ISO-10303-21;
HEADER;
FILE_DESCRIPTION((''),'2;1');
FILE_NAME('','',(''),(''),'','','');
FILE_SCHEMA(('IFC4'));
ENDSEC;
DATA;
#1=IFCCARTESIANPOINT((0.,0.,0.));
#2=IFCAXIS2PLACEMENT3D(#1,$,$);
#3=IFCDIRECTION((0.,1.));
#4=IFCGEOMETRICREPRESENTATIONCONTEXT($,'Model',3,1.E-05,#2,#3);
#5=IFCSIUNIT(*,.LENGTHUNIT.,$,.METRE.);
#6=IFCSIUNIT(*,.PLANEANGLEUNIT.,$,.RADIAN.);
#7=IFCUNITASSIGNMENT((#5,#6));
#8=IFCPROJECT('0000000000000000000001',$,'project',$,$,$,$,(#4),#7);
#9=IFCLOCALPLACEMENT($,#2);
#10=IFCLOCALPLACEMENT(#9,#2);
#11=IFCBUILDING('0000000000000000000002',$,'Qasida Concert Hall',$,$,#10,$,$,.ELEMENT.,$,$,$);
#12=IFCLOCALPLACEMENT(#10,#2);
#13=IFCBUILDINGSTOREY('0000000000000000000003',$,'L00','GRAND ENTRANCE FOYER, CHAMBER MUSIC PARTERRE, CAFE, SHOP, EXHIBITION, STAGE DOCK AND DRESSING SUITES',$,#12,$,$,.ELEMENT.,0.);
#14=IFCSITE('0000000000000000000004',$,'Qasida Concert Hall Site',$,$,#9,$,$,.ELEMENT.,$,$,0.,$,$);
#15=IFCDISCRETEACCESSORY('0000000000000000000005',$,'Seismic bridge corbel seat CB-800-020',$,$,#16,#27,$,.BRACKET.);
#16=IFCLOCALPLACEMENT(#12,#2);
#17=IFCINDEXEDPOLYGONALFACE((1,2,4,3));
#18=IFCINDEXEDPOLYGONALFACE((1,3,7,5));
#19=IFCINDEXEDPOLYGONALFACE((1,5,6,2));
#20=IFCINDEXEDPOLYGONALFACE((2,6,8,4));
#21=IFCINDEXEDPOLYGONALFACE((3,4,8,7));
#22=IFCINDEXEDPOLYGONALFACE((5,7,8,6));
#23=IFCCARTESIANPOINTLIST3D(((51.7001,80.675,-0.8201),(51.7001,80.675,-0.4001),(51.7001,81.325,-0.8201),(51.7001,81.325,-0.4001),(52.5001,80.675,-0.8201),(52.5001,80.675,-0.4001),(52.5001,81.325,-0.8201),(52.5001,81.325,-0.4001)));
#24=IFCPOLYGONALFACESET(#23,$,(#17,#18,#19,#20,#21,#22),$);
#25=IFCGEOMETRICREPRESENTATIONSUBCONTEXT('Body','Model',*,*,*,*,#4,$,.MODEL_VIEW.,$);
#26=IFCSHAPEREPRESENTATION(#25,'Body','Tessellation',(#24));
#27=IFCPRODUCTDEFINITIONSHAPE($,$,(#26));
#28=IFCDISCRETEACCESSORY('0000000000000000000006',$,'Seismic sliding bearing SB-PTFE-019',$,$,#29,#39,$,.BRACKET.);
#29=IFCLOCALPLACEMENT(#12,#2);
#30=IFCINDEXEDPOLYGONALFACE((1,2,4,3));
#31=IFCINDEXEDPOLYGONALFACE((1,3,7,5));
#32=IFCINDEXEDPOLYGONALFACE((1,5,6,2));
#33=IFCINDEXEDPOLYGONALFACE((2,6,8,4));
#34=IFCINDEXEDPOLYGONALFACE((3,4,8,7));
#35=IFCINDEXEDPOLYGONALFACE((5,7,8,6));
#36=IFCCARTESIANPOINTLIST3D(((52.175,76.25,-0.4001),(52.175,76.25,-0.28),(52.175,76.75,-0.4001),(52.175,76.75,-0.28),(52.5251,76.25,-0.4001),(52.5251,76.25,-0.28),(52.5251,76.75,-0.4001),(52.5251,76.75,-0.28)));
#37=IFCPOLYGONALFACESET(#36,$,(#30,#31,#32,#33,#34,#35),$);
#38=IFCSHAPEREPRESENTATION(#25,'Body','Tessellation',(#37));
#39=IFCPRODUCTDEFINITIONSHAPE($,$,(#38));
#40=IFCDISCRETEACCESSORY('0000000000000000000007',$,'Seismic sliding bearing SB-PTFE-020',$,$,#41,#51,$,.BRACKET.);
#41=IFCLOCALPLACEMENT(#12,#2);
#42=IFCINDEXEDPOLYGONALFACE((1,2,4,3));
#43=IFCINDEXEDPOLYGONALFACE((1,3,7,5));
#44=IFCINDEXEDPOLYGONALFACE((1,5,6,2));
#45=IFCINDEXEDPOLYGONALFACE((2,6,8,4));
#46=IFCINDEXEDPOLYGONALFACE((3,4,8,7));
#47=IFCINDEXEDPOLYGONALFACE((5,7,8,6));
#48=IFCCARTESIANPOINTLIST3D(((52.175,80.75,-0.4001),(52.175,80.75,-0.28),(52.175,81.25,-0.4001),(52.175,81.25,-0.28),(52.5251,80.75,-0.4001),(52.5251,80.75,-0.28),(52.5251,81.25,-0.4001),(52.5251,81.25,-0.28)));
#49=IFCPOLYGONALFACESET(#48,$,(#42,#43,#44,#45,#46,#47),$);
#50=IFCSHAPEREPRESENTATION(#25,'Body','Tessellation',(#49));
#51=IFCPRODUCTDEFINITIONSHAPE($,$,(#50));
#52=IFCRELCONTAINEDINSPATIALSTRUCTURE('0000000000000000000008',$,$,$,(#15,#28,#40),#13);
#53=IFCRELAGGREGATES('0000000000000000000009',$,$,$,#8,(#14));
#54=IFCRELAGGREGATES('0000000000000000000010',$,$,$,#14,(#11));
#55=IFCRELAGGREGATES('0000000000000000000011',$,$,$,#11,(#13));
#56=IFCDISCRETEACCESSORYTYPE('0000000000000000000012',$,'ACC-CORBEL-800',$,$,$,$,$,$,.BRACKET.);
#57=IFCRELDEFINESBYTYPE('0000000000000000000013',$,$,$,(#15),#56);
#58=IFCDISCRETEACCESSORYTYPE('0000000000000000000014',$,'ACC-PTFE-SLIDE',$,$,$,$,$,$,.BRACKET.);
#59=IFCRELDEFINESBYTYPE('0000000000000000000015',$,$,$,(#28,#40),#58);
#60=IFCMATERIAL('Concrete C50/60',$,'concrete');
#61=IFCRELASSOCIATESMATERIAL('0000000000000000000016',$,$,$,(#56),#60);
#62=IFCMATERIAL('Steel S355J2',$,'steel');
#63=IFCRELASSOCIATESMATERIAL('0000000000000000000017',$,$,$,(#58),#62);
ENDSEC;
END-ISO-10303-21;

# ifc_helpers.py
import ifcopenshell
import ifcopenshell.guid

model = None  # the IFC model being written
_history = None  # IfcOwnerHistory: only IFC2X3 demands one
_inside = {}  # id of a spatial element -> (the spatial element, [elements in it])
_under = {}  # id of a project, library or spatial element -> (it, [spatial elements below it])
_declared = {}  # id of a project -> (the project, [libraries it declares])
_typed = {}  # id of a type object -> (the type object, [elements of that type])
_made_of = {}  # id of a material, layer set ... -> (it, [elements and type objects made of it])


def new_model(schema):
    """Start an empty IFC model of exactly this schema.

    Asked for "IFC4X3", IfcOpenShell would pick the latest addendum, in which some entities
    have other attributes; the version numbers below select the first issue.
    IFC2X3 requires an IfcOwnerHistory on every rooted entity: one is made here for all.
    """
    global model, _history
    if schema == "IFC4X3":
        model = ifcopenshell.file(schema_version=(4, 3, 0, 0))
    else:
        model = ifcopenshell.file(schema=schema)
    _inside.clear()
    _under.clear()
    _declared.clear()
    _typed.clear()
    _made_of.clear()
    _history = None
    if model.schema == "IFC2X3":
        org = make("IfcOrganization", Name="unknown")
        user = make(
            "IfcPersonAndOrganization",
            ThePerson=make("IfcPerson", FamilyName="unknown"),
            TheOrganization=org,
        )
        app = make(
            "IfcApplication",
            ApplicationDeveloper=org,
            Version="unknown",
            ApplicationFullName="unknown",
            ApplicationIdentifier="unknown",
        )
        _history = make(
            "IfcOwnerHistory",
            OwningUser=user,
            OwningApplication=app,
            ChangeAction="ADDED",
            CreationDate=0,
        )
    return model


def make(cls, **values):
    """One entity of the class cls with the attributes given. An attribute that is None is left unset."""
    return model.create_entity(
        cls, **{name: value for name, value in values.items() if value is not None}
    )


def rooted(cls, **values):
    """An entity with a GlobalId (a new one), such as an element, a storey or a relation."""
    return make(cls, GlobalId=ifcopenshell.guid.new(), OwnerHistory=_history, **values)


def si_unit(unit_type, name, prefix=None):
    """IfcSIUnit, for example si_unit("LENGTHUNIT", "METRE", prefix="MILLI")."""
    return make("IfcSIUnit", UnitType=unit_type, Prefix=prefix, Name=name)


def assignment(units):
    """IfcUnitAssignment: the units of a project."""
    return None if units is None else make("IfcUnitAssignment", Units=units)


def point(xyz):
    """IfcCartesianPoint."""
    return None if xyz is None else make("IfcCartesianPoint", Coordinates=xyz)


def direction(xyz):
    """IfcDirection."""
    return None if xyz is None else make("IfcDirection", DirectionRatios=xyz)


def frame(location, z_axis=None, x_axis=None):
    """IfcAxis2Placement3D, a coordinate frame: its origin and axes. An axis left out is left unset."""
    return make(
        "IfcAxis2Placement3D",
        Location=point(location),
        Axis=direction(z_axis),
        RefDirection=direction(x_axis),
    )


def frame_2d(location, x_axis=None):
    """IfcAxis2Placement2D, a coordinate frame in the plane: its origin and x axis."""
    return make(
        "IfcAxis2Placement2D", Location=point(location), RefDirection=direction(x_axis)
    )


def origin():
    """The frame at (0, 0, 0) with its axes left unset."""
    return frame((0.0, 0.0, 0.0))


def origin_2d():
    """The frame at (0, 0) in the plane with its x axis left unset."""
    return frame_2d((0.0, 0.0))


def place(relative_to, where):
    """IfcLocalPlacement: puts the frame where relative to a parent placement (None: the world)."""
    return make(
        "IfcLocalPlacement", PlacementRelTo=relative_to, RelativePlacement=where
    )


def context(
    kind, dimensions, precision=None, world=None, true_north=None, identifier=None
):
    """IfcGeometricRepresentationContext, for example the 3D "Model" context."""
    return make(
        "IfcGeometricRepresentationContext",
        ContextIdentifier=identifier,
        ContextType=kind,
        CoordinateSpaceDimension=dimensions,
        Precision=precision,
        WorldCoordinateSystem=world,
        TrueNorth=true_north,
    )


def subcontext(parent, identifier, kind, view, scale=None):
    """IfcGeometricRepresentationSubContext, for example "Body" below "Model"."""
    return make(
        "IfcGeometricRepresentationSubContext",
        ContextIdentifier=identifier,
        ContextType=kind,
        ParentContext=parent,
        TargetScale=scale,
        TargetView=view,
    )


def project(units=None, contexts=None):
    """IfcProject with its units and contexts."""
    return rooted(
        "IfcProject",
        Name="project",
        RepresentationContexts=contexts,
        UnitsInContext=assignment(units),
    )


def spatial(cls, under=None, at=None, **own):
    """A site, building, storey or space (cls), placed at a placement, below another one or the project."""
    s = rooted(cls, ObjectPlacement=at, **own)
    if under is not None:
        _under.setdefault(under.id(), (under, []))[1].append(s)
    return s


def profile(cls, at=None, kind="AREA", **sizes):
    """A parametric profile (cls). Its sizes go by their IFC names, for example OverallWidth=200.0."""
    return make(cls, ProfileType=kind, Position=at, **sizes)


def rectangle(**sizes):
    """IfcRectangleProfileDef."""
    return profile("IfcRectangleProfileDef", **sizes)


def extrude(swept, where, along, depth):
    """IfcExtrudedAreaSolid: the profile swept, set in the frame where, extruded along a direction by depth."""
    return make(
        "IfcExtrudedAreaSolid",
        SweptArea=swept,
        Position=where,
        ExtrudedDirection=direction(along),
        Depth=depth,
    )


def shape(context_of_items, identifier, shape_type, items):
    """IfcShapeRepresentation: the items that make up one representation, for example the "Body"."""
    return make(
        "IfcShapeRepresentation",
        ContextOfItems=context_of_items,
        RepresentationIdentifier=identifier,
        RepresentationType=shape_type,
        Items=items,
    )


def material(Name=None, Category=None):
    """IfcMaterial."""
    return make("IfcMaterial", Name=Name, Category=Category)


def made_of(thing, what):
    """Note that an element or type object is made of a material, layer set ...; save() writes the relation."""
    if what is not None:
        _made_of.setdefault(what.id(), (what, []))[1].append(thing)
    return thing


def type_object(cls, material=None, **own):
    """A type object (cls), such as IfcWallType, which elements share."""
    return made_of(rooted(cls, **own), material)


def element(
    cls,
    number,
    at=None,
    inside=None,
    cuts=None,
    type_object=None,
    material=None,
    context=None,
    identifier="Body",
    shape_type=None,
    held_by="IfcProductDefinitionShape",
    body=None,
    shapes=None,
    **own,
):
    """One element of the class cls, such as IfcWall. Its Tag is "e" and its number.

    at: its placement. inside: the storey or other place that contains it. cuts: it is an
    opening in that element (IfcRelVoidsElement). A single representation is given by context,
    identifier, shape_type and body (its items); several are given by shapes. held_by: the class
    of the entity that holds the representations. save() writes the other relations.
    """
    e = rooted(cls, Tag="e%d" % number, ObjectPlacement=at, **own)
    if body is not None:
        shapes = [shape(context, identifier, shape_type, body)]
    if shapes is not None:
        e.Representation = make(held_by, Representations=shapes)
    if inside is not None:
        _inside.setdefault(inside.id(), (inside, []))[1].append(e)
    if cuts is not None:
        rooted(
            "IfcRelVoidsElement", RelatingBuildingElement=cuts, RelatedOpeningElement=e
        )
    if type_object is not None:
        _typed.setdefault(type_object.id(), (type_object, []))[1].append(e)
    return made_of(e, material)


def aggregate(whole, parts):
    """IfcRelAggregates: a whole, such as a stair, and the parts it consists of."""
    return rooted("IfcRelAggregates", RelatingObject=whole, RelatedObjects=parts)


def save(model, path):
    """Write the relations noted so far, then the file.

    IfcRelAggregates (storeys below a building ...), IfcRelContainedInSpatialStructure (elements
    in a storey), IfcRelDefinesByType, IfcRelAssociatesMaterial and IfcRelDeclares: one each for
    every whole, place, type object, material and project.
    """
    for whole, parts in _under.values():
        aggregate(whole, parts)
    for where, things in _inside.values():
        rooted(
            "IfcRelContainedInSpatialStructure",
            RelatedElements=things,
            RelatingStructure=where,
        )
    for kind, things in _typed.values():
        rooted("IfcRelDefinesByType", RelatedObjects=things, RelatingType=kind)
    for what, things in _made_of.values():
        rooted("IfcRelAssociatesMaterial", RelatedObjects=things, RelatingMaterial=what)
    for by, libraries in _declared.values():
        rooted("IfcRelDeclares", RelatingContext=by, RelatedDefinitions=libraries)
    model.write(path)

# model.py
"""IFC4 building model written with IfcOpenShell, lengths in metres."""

from ifc_helpers import new_model, si_unit, direction, frame, origin, origin_2d, place, context, subcontext, project, spatial, rectangle, extrude, material, type_object, element, save


model = new_model("IFC4")

# Units and contexts
model_context = context("Model", 3, precision=1e-05, world=origin(), true_north=direction((0.0, 1.0)))
body_context = subcontext(model_context, "Body", "Model", "MODEL_VIEW")
ifc_project = project(units=[si_unit("LENGTHUNIT", "METRE"), si_unit("PLANEANGLEUNIT", "RADIAN")], contexts=[model_context])

# Site, building, storey
site_placement = place(None, origin())
site = spatial("IfcSite", under=ifc_project, at=site_placement, Name="Qasida Concert Hall Site", CompositionType="ELEMENT", RefElevation=0.0)
building_placement = place(site_placement, origin())
building = spatial("IfcBuilding", under=site, at=building_placement, Name="Qasida Concert Hall", CompositionType="ELEMENT")
storey_placement = place(building_placement, origin())
storey = spatial("IfcBuildingStorey", under=building, at=storey_placement, Name="L00", Description="GRAND ENTRANCE FOYER, CHAMBER MUSIC PARTERRE, CAFE, SHOP, EXHIBITION, STAGE DOCK AND DRESSING SUITES", CompositionType="ELEMENT", Elevation=0.0)

# Shared definitions
ifc_material_1 = material(Name="Concrete C50/60", Category="concrete")

# Shared definitions
ifc_material_2 = material(Name="Steel S355J2", Category="steel")

# Discrete accessories
discrete_accessory_type_1 = type_object("IfcDiscreteAccessoryType", Name="ACC-CORBEL-800", PredefinedType="BRACKET", material=ifc_material_1)
for number, where, z_axis, x_axis, name in (
    (1, (52.1001, 81.0, -0.8201), (0.0, 0.0, 1.0), (1.0, 0.0, 0.0), "Seismic bridge corbel seat CB-800-020"),
):
    element("IfcDiscreteAccessory", number, at=place(storey_placement, frame(where, z_axis=z_axis, x_axis=x_axis)), inside=storey, type_object=discrete_accessory_type_1, Name=name, PredefinedType="BRACKET", context=body_context, shape_type="SweptSolid", body=[
        extrude(rectangle(XDim=0.8, YDim=0.6499, at=origin_2d()), origin(), (0.0, 0.0, 1.0), 0.4199),
    ])
discrete_accessory_type_2 = type_object("IfcDiscreteAccessoryType", Name="ACC-PTFE-SLIDE", PredefinedType="BRACKET", material=ifc_material_2)
for number, where, z_axis, x_axis, name in (
    (2, (52.3501, 76.5, -0.4001), (0.0, 0.0, 1.0), (1.0, 0.0, 0.0), "Seismic sliding bearing SB-PTFE-019"),
    (3, (52.3501, 81.0, -0.4001), (0.0, 0.0, 1.0), (1.0, 0.0, 0.0), "Seismic sliding bearing SB-PTFE-020"),
):
    element("IfcDiscreteAccessory", number, at=place(storey_placement, frame(where, z_axis=z_axis, x_axis=x_axis)), inside=storey, type_object=discrete_accessory_type_2, Name=name, PredefinedType="BRACKET", context=body_context, shape_type="SweptSolid", body=[
        extrude(rectangle(XDim=0.3501, YDim=0.5, at=origin_2d()), origin(), (0.0, 0.0, 1.0), 0.1201),
    ])

save(model, "model.ifc")
